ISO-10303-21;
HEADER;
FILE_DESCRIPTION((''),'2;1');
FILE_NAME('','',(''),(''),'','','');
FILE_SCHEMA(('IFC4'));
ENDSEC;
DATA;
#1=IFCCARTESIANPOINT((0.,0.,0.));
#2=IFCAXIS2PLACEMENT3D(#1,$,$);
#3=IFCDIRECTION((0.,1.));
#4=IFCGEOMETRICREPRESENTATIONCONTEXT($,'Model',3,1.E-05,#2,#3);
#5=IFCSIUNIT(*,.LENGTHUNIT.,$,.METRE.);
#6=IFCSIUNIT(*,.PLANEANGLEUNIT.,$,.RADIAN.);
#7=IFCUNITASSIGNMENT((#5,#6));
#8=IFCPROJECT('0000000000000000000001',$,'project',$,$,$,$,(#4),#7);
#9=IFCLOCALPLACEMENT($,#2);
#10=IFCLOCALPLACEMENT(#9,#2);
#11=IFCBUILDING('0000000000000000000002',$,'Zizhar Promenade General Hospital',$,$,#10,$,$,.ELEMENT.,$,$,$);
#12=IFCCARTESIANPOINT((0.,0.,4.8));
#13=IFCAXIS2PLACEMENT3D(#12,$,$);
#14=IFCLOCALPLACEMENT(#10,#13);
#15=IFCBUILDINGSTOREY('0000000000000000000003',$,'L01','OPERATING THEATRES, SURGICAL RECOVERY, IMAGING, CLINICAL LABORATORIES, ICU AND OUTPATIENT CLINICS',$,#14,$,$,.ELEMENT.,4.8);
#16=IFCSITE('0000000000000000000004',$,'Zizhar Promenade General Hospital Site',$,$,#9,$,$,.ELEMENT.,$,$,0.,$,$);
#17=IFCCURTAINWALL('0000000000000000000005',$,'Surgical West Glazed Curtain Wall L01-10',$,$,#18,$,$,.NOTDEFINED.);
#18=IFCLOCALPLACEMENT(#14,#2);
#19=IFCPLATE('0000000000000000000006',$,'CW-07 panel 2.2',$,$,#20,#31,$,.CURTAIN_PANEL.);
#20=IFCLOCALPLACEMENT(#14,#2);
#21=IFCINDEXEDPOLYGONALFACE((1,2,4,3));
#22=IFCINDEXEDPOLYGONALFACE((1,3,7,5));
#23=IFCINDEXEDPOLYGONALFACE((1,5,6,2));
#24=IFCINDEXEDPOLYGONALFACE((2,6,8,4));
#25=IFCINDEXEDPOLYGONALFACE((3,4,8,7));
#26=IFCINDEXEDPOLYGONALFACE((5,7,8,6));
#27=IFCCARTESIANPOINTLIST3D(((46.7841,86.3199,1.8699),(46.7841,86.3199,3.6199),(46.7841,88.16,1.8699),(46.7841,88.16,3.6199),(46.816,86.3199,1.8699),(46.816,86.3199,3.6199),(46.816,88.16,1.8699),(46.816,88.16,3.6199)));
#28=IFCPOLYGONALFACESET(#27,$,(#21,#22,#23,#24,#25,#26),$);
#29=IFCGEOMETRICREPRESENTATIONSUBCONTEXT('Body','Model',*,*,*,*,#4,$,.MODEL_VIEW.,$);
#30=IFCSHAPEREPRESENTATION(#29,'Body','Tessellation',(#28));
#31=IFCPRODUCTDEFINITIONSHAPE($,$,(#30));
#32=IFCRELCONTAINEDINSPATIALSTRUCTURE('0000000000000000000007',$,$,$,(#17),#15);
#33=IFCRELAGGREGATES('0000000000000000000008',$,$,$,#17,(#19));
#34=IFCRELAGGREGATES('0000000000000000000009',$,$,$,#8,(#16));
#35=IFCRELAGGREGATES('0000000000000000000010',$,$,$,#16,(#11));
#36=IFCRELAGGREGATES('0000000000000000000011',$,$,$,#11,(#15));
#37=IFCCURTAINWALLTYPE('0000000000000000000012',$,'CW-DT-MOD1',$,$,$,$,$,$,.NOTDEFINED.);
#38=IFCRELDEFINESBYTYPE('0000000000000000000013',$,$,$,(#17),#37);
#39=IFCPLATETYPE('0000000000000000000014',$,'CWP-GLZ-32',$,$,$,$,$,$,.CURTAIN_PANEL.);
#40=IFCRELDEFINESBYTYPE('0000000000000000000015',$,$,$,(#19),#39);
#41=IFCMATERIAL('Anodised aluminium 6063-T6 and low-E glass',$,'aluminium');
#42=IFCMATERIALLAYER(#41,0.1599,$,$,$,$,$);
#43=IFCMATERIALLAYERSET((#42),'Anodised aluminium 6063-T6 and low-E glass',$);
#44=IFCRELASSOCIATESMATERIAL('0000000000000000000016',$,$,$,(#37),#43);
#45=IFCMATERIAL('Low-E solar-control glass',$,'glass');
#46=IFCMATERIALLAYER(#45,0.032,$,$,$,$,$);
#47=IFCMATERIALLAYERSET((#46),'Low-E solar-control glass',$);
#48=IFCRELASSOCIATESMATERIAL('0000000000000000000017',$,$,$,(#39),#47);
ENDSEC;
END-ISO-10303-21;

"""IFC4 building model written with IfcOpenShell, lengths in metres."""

from ifc_helpers import new_model, si_unit, direction, frame, origin, origin_2d, place, context, subcontext, project, spatial, rectangle, extrude, material, layer, layer_set, type_object, element, aggregate, save


model = new_model("IFC4")

# Units and contexts
model_context = context("Model", 3, precision=1e-05, world=origin(), true_north=direction((0.0, 1.0)))
body_context = subcontext(model_context, "Body", "Model", "MODEL_VIEW")
ifc_project = project(units=[si_unit("LENGTHUNIT", "METRE"), si_unit("PLANEANGLEUNIT", "RADIAN")], contexts=[model_context])

# Site, building, storey
site_placement = place(None, origin())
site = spatial("IfcSite", under=ifc_project, at=site_placement, Name="Zizhar Promenade General Hospital Site", CompositionType="ELEMENT", RefElevation=0.0)
building_placement = place(site_placement, origin())
building = spatial("IfcBuilding", under=site, at=building_placement, Name="Zizhar Promenade General Hospital", CompositionType="ELEMENT")
storey_placement = place(building_placement, frame((0.0, 0.0, 4.8)))
storey = spatial("IfcBuildingStorey", under=building, at=storey_placement, Name="L01", Description="OPERATING THEATRES, SURGICAL RECOVERY, IMAGING, CLINICAL LABORATORIES, ICU AND OUTPATIENT CLINICS", CompositionType="ELEMENT", Elevation=4.8)

# Curtain wall
ifc_material_1 = material(Name="Anodised aluminium 6063-T6 and low-E glass", Category="aluminium")
ifc_layer_1 = layer(ifc_material_1, 0.1599)
ifc_layer_set_1 = layer_set([ifc_layer_1], Name="Anodised aluminium 6063-T6 and low-E glass")
curtain_wall_type_1 = type_object("IfcCurtainWallType", Name="CW-DT-MOD1", PredefinedType="NOTDEFINED", material=ifc_layer_set_1)
curtain_wall_1_placement = place(storey_placement, origin())
curtain_wall_1 = element("IfcCurtainWall", 1, at=curtain_wall_1_placement, inside=storey, type_object=curtain_wall_type_1, Name="Surgical West Glazed Curtain Wall L01-10", PredefinedType="NOTDEFINED")

# Plate
ifc_material_2 = material(Name="Low-E solar-control glass", Category="glass")
ifc_layer_2 = layer(ifc_material_2, 0.032)
ifc_layer_set_2 = layer_set([ifc_layer_2], Name="Low-E solar-control glass")
plate_type = type_object("IfcPlateType", Name="CWP-GLZ-32", PredefinedType="CURTAIN_PANEL", material=ifc_layer_set_2)
plate_1_placement = place(storey_placement, frame((46.8, 87.24, 1.8699), z_axis=(0.0, 0.0, 1.0), x_axis=(0.0, 1.0, 0.0)))
plate_1 = element("IfcPlate", 2, at=plate_1_placement, type_object=plate_type, Name="CW-07 panel 2.2", PredefinedType="CURTAIN_PANEL", context=body_context, shape_type="SweptSolid", body=[
    extrude(rectangle(XDim=1.8401, YDim=0.032, at=origin_2d()), origin(), (0.0, 0.0, 1.0), 1.75),
])
aggregate(curtain_wall_1, [plate_1])

save(model, "model.ifc")
